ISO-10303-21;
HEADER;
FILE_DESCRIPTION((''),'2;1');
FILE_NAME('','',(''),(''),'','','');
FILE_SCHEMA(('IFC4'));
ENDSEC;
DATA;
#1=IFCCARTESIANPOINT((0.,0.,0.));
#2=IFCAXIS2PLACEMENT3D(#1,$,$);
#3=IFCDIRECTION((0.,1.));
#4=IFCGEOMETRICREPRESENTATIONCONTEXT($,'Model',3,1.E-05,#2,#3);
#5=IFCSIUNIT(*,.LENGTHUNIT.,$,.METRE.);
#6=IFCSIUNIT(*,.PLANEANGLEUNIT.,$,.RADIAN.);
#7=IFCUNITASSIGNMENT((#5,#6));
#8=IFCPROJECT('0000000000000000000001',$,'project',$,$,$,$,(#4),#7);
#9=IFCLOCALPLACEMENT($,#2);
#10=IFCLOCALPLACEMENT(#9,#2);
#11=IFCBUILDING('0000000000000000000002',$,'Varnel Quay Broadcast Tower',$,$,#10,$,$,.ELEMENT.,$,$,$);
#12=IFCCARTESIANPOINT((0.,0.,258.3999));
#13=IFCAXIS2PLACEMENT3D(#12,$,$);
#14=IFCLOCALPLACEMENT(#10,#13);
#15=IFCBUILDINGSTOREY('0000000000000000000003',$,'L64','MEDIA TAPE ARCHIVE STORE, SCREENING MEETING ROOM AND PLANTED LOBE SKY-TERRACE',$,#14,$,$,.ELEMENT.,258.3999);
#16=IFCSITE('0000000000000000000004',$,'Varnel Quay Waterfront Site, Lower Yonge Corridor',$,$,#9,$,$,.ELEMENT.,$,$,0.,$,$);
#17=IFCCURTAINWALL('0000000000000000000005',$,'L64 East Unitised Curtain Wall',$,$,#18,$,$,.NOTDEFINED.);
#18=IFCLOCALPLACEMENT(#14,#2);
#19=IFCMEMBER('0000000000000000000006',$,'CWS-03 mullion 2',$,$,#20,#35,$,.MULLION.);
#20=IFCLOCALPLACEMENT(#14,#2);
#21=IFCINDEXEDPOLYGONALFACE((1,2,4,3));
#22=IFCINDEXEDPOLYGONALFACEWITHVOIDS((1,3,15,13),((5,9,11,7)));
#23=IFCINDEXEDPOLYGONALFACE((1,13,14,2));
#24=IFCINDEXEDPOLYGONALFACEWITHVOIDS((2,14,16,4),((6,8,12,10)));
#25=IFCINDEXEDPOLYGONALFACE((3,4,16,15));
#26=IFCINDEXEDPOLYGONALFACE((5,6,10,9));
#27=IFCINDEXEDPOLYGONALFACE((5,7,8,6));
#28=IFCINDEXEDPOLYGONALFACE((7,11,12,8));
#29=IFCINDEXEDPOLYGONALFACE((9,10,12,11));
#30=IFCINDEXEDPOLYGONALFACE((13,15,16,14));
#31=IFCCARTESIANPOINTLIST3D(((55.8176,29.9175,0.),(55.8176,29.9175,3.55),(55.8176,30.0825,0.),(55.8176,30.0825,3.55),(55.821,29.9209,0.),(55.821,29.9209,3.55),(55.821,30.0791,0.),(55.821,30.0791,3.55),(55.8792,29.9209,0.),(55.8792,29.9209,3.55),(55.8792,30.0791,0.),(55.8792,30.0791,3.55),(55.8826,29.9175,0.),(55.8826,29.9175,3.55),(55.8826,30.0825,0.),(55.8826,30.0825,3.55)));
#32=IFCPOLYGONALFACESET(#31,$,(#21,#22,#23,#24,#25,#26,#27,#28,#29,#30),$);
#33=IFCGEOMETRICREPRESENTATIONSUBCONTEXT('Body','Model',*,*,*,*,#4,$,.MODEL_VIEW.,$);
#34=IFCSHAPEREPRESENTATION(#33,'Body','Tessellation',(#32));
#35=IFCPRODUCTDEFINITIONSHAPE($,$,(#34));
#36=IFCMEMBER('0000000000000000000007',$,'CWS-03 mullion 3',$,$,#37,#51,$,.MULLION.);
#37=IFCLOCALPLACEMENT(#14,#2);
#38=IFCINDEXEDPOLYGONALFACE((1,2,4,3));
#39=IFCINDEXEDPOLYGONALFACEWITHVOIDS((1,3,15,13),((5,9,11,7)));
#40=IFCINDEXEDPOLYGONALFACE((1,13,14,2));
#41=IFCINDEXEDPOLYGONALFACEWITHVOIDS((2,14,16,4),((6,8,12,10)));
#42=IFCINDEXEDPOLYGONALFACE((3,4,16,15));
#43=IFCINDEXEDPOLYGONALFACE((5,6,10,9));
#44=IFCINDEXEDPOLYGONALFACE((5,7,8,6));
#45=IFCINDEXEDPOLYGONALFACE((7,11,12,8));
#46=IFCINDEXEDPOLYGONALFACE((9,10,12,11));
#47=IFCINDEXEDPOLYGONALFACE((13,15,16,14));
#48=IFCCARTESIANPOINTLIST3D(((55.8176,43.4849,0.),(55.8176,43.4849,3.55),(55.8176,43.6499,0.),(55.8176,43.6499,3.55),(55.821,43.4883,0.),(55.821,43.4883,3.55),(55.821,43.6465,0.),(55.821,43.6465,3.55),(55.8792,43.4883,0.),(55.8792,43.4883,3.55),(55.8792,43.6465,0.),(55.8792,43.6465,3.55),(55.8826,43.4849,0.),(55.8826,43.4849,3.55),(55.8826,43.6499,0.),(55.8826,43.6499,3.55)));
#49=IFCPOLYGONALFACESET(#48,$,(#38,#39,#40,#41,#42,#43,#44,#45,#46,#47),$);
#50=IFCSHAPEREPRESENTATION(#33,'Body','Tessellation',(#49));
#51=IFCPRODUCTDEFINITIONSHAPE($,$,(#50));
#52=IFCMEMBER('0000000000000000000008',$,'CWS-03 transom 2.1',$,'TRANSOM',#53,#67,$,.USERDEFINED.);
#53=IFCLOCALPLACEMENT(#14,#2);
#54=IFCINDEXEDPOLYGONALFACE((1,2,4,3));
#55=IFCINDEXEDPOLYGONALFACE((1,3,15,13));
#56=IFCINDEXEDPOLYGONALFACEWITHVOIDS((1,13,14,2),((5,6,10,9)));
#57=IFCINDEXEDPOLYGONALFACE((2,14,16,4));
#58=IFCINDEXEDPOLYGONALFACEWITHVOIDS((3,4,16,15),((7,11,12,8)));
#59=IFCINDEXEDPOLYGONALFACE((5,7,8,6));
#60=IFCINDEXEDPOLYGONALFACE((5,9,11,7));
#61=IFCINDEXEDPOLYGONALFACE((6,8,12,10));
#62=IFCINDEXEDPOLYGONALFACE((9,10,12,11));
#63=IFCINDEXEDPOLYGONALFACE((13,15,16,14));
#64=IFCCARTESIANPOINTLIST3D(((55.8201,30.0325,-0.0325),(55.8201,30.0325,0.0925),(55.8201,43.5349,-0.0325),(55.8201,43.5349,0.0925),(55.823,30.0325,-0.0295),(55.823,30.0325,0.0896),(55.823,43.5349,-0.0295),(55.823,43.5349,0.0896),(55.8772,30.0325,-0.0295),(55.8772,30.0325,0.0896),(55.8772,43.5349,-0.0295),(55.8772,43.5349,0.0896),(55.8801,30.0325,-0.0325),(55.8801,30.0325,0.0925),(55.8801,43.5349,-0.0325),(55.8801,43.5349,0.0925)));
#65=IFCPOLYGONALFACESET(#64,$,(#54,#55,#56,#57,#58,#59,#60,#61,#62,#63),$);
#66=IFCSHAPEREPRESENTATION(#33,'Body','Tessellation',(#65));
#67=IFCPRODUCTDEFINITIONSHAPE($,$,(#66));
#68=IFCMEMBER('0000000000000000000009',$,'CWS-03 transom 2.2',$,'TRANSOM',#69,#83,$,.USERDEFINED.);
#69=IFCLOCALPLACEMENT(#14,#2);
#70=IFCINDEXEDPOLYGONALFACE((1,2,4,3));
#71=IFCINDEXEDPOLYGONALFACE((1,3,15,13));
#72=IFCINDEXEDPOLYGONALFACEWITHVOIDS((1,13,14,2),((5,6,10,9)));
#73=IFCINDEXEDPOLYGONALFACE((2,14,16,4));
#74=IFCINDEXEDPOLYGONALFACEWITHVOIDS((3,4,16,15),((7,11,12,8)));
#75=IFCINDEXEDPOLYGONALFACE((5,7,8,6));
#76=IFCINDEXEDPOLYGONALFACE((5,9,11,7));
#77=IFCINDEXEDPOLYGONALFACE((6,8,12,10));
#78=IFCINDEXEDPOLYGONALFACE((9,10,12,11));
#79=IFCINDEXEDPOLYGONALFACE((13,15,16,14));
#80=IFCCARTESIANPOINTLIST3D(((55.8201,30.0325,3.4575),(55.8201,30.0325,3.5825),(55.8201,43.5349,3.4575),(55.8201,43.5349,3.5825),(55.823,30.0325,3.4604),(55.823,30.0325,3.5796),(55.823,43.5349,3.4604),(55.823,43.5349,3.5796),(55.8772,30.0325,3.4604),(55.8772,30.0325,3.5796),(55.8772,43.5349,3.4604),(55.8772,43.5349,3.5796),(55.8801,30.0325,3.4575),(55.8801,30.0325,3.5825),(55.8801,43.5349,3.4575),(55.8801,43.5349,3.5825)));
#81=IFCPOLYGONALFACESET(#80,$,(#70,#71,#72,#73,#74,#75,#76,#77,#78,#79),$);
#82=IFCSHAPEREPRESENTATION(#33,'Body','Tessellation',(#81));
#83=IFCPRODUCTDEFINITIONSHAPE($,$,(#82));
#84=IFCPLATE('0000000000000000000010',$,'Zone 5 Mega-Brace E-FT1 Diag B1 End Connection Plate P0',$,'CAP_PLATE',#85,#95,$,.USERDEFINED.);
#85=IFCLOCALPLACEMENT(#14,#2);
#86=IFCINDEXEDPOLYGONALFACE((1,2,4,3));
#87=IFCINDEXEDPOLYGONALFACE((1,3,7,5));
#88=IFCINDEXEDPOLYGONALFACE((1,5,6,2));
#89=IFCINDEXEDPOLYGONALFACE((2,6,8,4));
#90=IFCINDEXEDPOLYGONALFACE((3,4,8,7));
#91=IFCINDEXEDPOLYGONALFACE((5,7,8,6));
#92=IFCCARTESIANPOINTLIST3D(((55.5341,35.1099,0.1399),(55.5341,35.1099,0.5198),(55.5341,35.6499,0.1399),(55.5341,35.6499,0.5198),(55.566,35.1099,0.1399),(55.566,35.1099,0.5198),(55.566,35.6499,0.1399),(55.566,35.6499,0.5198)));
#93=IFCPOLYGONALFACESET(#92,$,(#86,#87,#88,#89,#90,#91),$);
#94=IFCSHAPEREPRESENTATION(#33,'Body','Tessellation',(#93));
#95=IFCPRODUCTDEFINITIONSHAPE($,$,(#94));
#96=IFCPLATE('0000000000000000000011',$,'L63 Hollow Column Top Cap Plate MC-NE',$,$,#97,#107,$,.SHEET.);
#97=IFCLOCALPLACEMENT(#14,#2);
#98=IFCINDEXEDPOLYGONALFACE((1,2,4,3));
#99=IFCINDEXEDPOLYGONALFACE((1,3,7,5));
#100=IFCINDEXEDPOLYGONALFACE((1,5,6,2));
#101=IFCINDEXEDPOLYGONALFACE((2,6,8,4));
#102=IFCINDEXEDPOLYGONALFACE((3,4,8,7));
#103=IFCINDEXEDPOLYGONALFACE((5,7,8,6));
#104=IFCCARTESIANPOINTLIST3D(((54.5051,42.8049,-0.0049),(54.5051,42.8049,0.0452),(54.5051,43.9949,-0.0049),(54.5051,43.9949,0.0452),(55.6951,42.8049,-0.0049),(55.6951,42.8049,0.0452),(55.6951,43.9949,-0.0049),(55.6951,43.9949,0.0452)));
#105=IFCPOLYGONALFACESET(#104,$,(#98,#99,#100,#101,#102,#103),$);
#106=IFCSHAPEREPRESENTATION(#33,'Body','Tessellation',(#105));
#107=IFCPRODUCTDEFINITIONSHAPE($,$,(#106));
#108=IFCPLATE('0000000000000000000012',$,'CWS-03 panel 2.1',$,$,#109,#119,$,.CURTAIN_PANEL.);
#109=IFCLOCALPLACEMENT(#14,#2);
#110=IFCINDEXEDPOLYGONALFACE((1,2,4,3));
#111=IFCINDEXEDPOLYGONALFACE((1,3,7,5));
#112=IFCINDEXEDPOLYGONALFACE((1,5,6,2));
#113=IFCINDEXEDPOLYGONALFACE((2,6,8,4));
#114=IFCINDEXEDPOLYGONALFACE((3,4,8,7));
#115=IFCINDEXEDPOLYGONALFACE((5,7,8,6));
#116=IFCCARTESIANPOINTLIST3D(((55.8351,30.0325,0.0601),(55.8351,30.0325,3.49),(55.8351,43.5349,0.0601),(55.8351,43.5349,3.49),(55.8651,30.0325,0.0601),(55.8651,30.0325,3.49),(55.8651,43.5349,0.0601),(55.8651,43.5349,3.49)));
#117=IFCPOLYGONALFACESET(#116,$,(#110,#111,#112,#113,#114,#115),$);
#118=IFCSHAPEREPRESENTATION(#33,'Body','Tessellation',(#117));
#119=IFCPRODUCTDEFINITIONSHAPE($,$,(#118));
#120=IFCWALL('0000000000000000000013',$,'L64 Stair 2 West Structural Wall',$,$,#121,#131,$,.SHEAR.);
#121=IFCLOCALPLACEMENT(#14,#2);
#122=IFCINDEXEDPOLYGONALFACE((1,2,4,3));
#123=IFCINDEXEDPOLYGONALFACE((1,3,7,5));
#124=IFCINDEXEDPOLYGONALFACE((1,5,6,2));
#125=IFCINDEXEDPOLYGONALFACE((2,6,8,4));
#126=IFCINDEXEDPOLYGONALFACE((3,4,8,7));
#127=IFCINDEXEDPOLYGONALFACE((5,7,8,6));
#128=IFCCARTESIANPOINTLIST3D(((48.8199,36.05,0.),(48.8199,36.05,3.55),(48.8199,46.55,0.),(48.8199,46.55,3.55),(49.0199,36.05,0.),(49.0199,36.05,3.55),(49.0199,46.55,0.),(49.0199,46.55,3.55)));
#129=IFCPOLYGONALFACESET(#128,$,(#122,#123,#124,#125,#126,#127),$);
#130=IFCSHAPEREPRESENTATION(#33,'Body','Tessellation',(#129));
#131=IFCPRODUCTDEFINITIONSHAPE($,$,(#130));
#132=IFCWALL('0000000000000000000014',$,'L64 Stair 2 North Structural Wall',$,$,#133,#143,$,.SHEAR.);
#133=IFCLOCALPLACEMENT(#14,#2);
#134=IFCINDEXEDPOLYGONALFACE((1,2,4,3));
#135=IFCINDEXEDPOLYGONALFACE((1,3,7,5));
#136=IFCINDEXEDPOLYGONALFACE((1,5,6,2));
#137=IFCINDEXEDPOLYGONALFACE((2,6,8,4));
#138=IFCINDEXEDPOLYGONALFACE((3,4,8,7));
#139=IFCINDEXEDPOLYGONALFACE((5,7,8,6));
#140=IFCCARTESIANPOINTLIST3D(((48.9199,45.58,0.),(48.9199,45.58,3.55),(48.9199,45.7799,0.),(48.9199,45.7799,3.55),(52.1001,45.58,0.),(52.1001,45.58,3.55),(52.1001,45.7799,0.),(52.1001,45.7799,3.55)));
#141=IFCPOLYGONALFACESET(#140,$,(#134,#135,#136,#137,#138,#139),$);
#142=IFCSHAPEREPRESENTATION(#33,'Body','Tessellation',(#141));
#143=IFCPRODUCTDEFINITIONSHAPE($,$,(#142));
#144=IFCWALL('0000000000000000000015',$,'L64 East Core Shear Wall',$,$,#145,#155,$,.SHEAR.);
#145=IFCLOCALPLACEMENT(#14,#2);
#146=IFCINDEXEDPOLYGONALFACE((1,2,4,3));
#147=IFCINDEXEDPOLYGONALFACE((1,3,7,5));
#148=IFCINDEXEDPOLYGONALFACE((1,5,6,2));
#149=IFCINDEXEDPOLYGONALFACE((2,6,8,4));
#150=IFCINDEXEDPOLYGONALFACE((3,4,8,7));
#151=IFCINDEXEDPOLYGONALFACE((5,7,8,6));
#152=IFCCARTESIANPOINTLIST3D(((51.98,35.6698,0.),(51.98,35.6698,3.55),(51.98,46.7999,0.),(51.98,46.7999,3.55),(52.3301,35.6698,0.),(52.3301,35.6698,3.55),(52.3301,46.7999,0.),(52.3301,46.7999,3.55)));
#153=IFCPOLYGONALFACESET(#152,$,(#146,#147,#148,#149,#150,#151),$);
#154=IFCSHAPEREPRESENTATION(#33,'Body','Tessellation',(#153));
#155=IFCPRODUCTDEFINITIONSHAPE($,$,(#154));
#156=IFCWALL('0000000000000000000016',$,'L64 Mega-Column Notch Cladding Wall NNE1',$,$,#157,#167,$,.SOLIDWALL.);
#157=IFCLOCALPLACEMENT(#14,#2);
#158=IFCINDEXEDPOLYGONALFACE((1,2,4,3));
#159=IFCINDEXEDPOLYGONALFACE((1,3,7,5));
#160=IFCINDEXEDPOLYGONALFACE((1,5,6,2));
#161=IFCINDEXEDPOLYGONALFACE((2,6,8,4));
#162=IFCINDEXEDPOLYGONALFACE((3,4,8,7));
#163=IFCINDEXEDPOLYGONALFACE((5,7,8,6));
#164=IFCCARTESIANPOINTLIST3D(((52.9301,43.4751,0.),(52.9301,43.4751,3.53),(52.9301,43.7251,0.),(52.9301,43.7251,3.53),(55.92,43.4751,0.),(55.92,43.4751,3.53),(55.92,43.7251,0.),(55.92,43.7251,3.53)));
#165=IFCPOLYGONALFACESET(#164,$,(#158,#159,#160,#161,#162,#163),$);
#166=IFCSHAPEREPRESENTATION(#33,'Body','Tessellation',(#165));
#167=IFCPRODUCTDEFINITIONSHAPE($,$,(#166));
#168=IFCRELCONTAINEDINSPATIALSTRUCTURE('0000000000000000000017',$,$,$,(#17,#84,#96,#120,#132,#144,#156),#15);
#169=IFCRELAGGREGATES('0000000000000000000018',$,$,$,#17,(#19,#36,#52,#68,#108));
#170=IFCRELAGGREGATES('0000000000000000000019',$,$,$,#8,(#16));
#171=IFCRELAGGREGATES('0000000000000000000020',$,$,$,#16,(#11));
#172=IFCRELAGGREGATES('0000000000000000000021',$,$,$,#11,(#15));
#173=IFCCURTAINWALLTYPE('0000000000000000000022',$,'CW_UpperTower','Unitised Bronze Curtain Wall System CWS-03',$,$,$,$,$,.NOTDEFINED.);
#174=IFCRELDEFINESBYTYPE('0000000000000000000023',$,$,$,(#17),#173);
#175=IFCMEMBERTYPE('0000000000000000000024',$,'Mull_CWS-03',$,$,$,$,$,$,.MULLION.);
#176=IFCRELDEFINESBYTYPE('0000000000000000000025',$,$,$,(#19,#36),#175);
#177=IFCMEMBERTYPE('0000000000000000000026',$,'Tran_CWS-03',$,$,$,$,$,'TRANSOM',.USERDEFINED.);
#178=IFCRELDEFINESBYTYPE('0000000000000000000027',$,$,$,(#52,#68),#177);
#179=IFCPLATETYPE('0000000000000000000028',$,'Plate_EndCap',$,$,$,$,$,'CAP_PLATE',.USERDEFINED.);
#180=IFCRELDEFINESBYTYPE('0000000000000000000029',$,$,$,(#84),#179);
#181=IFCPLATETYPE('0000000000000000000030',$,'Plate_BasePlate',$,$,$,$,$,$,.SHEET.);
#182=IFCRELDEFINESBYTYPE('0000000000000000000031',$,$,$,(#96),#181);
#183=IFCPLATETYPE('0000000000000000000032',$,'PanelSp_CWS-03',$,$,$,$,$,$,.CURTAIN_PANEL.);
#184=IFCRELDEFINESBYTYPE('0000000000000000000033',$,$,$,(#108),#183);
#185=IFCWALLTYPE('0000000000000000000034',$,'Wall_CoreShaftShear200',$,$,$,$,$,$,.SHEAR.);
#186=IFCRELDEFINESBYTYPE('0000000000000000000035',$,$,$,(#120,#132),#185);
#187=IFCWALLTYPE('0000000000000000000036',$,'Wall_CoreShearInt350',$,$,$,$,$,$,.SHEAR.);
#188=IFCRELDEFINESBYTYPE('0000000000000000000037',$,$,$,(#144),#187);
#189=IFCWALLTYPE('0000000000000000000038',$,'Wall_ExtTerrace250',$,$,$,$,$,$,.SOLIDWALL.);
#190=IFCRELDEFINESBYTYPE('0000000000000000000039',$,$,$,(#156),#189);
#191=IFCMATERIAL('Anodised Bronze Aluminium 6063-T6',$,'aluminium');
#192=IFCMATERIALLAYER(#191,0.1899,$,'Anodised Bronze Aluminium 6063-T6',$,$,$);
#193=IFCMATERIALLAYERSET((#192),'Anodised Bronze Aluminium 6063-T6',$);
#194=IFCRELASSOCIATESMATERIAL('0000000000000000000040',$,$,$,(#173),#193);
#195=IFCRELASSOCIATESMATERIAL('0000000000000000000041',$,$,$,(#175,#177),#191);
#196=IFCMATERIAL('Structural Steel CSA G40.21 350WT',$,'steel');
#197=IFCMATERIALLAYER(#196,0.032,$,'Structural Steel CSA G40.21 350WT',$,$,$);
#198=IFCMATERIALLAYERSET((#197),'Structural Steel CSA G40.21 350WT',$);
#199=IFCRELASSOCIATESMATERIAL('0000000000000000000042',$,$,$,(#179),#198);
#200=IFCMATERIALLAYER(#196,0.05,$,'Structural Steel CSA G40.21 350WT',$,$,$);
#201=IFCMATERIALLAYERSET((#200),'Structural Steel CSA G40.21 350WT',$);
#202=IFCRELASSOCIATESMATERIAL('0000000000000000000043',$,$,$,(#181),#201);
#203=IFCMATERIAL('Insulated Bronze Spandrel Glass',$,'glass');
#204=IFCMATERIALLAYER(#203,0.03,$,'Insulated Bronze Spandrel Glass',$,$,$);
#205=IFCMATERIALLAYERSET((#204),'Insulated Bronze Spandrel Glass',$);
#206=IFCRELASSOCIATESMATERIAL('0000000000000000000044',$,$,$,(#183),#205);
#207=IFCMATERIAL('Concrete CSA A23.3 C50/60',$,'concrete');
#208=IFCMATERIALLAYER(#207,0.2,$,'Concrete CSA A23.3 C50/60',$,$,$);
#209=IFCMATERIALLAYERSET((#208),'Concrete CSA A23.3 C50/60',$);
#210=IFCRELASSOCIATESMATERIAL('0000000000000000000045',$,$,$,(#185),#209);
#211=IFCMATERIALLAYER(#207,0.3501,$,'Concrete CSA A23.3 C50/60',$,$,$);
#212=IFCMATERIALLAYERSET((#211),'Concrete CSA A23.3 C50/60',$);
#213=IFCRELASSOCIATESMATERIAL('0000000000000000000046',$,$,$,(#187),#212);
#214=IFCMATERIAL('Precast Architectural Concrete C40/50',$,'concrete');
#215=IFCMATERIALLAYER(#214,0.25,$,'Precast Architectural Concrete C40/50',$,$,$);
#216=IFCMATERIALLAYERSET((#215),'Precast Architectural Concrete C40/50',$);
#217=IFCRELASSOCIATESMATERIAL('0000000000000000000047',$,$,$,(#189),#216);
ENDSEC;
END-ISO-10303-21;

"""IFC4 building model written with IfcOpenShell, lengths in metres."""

from ifc_helpers import new_model, si_unit, direction, frame, frame_2d, origin, origin_2d, place, context, subcontext, project, spatial, rectangle, hollow_rectangle, extrude, source, transform, mapped, material, layer, layer_set, material_profile, profile_set, type_object, type_shapes, element, aggregate, save


model = new_model("IFC4")

# Units and contexts
model_context = context("Model", 3, precision=1e-05, world=origin(), true_north=direction((0.0, 1.0)))
body_context = subcontext(model_context, "Body", "Model", "MODEL_VIEW")
ifc_project = project(units=[si_unit("LENGTHUNIT", "METRE"), si_unit("PLANEANGLEUNIT", "RADIAN")], contexts=[model_context])

# Site, building, storey
site_placement = place(None, origin())
site = spatial("IfcSite", under=ifc_project, at=site_placement, Name="Varnel Quay Waterfront Site, Lower Yonge Corridor", CompositionType="ELEMENT", RefElevation=0.0)
building_placement = place(site_placement, origin())
building = spatial("IfcBuilding", under=site, at=building_placement, Name="Varnel Quay Broadcast Tower", CompositionType="ELEMENT")
storey_placement = place(building_placement, frame((0.0, 0.0, 258.3999)))
storey = spatial("IfcBuildingStorey", under=building, at=storey_placement, Name="L64", Description="MEDIA TAPE ARCHIVE STORE, SCREENING MEETING ROOM AND PLANTED LOBE SKY-TERRACE", CompositionType="ELEMENT", Elevation=258.3999)

# Shared definitions
ifc_material_1 = material(Name="Structural Steel CSA G40.21 350WT", Category="steel")

# Curtain wall, members
ifc_material_2 = material(Name="Anodised Bronze Aluminium 6063-T6", Category="aluminium")
ifc_layer_1 = layer(ifc_material_2, 0.1899, Name="Anodised Bronze Aluminium 6063-T6")
ifc_layer_set_1 = layer_set([ifc_layer_1], Name="Anodised Bronze Aluminium 6063-T6")
curtain_wall_type = type_object("IfcCurtainWallType", Name="CW_UpperTower", Description="Unitised Bronze Curtain Wall System CWS-03", PredefinedType="NOTDEFINED", material=ifc_layer_set_1)
curtain_wall_placement = place(storey_placement, origin())
curtain_wall = element("IfcCurtainWall", 1, at=curtain_wall_placement, inside=storey, type_object=curtain_wall_type, Name="L64 East Unitised Curtain Wall", PredefinedType="NOTDEFINED")
ifc_material_profile_1 = material_profile(ifc_material_2, hollow_rectangle(XDim=0.0649, YDim=0.165, WallThickness=0.0034, at=origin_2d()), Name="ALU65X165X3.5")
ifc_profile_set_1 = profile_set([ifc_material_profile_1], Name="Anodised Bronze Aluminium 6063-T6")
member_type_1 = type_object("IfcMemberType", Name="Mull_CWS-03", PredefinedType="MULLION", material=ifc_profile_set_1)
shared_shape_1 = source(origin(), body_context, "Body", "SweptSolid", [
    extrude(hollow_rectangle(XDim=0.0649, YDim=0.165, WallThickness=0.0034, at=origin_2d()), origin(), (0.0, 0.0, 1.0), 3.55),
])
type_shapes(member_type_1, [shared_shape_1])
member_1_placement = place(storey_placement, frame((55.8501, 30.0, 0.0), z_axis=(0.0, 0.0, 1.0), x_axis=(-1.0, 0.0, 0.0)))
member_1 = element("IfcMember", 2, at=member_1_placement, type_object=member_type_1, Name="CWS-03 mullion 2", PredefinedType="MULLION", context=body_context, shape_type="MappedRepresentation", body=[
    mapped(shared_shape_1, transform((0.0, 0.0, 0.0), x_axis=(1.0, 0.0, 0.0), y_axis=(0.0, 1.0, 0.0), z_axis=(0.0, 0.0, 1.0), scale=1.0)),
])
member_2_placement = place(storey_placement, frame((55.8501, 43.5674, 0.0), z_axis=(0.0, 0.0, 1.0), x_axis=(-1.0, 0.0, 0.0)))
member_2 = element("IfcMember", 3, at=member_2_placement, type_object=member_type_1, Name="CWS-03 mullion 3", PredefinedType="MULLION", context=body_context, shape_type="MappedRepresentation", body=[
    mapped(shared_shape_1, transform((0.0, 0.0, 0.0), x_axis=(1.0, 0.0, 0.0), y_axis=(0.0, 1.0, 0.0), z_axis=(0.0, 0.0, 1.0), scale=1.0)),
])
ifc_material_profile_2 = material_profile(ifc_material_2, hollow_rectangle(XDim=0.0601, YDim=0.125, WallThickness=0.0029, at=origin_2d()), Name="ALU60X125X3")
ifc_profile_set_2 = profile_set([ifc_material_profile_2], Name="Anodised Bronze Aluminium 6063-T6")
member_type_2 = type_object("IfcMemberType", Name="Tran_CWS-03", ElementType="TRANSOM", PredefinedType="USERDEFINED", material=ifc_profile_set_2)
shared_shape_2 = source(origin(), body_context, "Body", "SweptSolid", [
    extrude(hollow_rectangle(XDim=0.0601, YDim=0.125, WallThickness=0.0029, at=origin_2d()), origin(), (0.0, 0.0, 1.0), 13.5024),
])
type_shapes(member_type_2, [shared_shape_2])
member_3_placement = place(storey_placement, frame((55.8501, 30.0325, 0.03), z_axis=(0.0, 1.0, 0.0), x_axis=(-1.0, 0.0, 0.0)))
member_3 = element("IfcMember", 4, at=member_3_placement, type_object=member_type_2, Name="CWS-03 transom 2.1", ObjectType="TRANSOM", PredefinedType="USERDEFINED", context=body_context, shape_type="MappedRepresentation", body=[
    mapped(shared_shape_2, transform((0.0, 0.0, 0.0), x_axis=(1.0, 0.0, 0.0), y_axis=(0.0, 1.0, 0.0), z_axis=(0.0, 0.0, 1.0), scale=1.0)),
])
member_4_placement = place(storey_placement, frame((55.8501, 30.0325, 3.52), z_axis=(0.0, 1.0, 0.0), x_axis=(-1.0, 0.0, 0.0)))
member_4 = element("IfcMember", 5, at=member_4_placement, type_object=member_type_2, Name="CWS-03 transom 2.2", ObjectType="TRANSOM", PredefinedType="USERDEFINED", context=body_context, shape_type="MappedRepresentation", body=[
    mapped(shared_shape_2, transform((0.0, 0.0, 0.0), x_axis=(1.0, 0.0, 0.0), y_axis=(0.0, 1.0, 0.0), z_axis=(0.0, 0.0, 1.0), scale=1.0)),
])

# Plates
ifc_layer_2 = layer(ifc_material_1, 0.032, Name="Structural Steel CSA G40.21 350WT")
ifc_layer_set_2 = layer_set([ifc_layer_2], Name="Structural Steel CSA G40.21 350WT")
plate_type_1 = type_object("IfcPlateType", Name="Plate_EndCap", ElementType="CAP_PLATE", PredefinedType="USERDEFINED", material=ifc_layer_set_2)
shared_shape_3 = source(origin(), body_context, "Body", "SweptSolid", [
    extrude(rectangle(XDim=0.54, YDim=0.032, at=origin_2d()), origin(), (0.0, 0.0, 1.0), 0.3799),
])
type_shapes(plate_type_1, [shared_shape_3])
plate_1_placement = place(storey_placement, frame((55.55, 35.3799, 0.1399), z_axis=(0.0, 0.0, 1.0), x_axis=(0.0, 1.0, 0.0)))
element("IfcPlate", 6, at=plate_1_placement, inside=storey, type_object=plate_type_1, Name="Zone 5 Mega-Brace E-FT1 Diag B1 End Connection Plate P0", ObjectType="CAP_PLATE", PredefinedType="USERDEFINED", context=body_context, shape_type="MappedRepresentation", body=[
    mapped(shared_shape_3, transform((0.0, 0.0, 0.0), x_axis=(1.0, 0.0, 0.0), y_axis=(0.0, 1.0, 0.0), z_axis=(0.0, 0.0, 1.0), scale=1.0)),
])
ifc_layer_3 = layer(ifc_material_1, 0.05, Name="Structural Steel CSA G40.21 350WT")
ifc_layer_set_3 = layer_set([ifc_layer_3], Name="Structural Steel CSA G40.21 350WT")
plate_type_2 = type_object("IfcPlateType", Name="Plate_BasePlate", PredefinedType="SHEET", material=ifc_layer_set_3)
shared_shape_4 = source(origin(), body_context, "Body", "SweptSolid", [
    extrude(rectangle(XDim=1.1899, YDim=1.1899, at=origin_2d()), origin(), (0.0, 0.0, 1.0), 0.05),
])
type_shapes(plate_type_2, [shared_shape_4])
plate_2_placement = place(storey_placement, frame((55.1001, 43.3999, -0.0049), z_axis=(0.0, 0.0, 1.0), x_axis=(1.0, 0.0, 0.0)))
element("IfcPlate", 7, at=plate_2_placement, inside=storey, type_object=plate_type_2, Name="L63 Hollow Column Top Cap Plate MC-NE", PredefinedType="SHEET", context=body_context, shape_type="MappedRepresentation", body=[
    mapped(shared_shape_4, transform((0.0, 0.0, 0.0), x_axis=(1.0, 0.0, 0.0), y_axis=(0.0, 1.0, 0.0), z_axis=(0.0, 0.0, 1.0), scale=1.0)),
])

# Plate
ifc_material_3 = material(Name="Insulated Bronze Spandrel Glass", Category="glass")
ifc_layer_4 = layer(ifc_material_3, 0.03, Name="Insulated Bronze Spandrel Glass")
ifc_layer_set_4 = layer_set([ifc_layer_4], Name="Insulated Bronze Spandrel Glass")
plate_type_3 = type_object("IfcPlateType", Name="PanelSp_CWS-03", PredefinedType="CURTAIN_PANEL", material=ifc_layer_set_4)
shared_shape_5 = source(origin(), body_context, "Body", "SweptSolid", [
    extrude(rectangle(XDim=13.5024, YDim=0.03, at=origin_2d()), origin(), (0.0, 0.0, 1.0), 3.4299),
])
type_shapes(plate_type_3, [shared_shape_5])
plate_3_placement = place(storey_placement, frame((55.8501, 36.7837, 0.0601), z_axis=(0.0, 0.0, 1.0), x_axis=(0.0, 1.0, 0.0)))
plate_3 = element("IfcPlate", 8, at=plate_3_placement, type_object=plate_type_3, Name="CWS-03 panel 2.1", PredefinedType="CURTAIN_PANEL", context=body_context, shape_type="MappedRepresentation", body=[
    mapped(shared_shape_5, transform((0.0, 0.0, 0.0), x_axis=(1.0, 0.0, 0.0), y_axis=(0.0, 1.0, 0.0), z_axis=(0.0, 0.0, 1.0), scale=1.0)),
])
aggregate(curtain_wall, [member_1, member_2, member_3, member_4, plate_3])

# Walls
ifc_material_4 = material(Name="Concrete CSA A23.3 C50/60", Category="concrete")
ifc_layer_5 = layer(ifc_material_4, 0.2, Name="Concrete CSA A23.3 C50/60")
ifc_layer_set_5 = layer_set([ifc_layer_5], Name="Concrete CSA A23.3 C50/60")
wall_type_1 = type_object("IfcWallType", Name="Wall_CoreShaftShear200", PredefinedType="SHEAR", material=ifc_layer_set_5)
wall_1_placement = place(storey_placement, frame((48.9199, 36.05, 0.0), z_axis=(0.0, 0.0, 1.0), x_axis=(0.0, 1.0, 0.0)))
element("IfcWall", 9, at=wall_1_placement, inside=storey, type_object=wall_type_1, Name="L64 Stair 2 West Structural Wall", PredefinedType="SHEAR", context=body_context, shape_type="SweptSolid", body=[
    extrude(rectangle(XDim=10.5, YDim=0.2, at=frame_2d((5.25, 0.0))), origin(), (0.0, 0.0, 1.0), 3.55),
])
wall_2_placement = place(storey_placement, frame((48.9199, 45.6799, 0.0), z_axis=(0.0, 0.0, 1.0), x_axis=(1.0, 0.0, 0.0)))
element("IfcWall", 10, at=wall_2_placement, inside=storey, type_object=wall_type_1, Name="L64 Stair 2 North Structural Wall", PredefinedType="SHEAR", context=body_context, shape_type="SweptSolid", body=[
    extrude(rectangle(XDim=3.1802, YDim=0.2, at=frame_2d((1.5901, 0.0))), origin(), (0.0, 0.0, 1.0), 3.55),
])
ifc_layer_6 = layer(ifc_material_4, 0.3501, Name="Concrete CSA A23.3 C50/60")
ifc_layer_set_6 = layer_set([ifc_layer_6], Name="Concrete CSA A23.3 C50/60")
wall_type_2 = type_object("IfcWallType", Name="Wall_CoreShearInt350", PredefinedType="SHEAR", material=ifc_layer_set_6)
wall_3_placement = place(storey_placement, frame((52.155, 35.6699, 0.0), z_axis=(0.0, 0.0, 1.0), x_axis=(0.0, 1.0, 0.0)))
element("IfcWall", 11, at=wall_3_placement, inside=storey, type_object=wall_type_2, Name="L64 East Core Shear Wall", PredefinedType="SHEAR", context=body_context, shape_type="SweptSolid", body=[
    extrude(rectangle(XDim=11.1301, YDim=0.3501, at=frame_2d((5.5649, 0.0))), origin(), (0.0, 0.0, 1.0), 3.55),
])
ifc_material_5 = material(Name="Precast Architectural Concrete C40/50", Category="concrete")
ifc_layer_7 = layer(ifc_material_5, 0.25, Name="Precast Architectural Concrete C40/50")
ifc_layer_set_7 = layer_set([ifc_layer_7], Name="Precast Architectural Concrete C40/50")
wall_type_3 = type_object("IfcWallType", Name="Wall_ExtTerrace250", PredefinedType="SOLIDWALL", material=ifc_layer_set_7)
wall_4_placement = place(storey_placement, frame((52.9299, 43.6001, 0.0), z_axis=(0.0, 0.0, 1.0), x_axis=(1.0, 0.0, 0.0)))
element("IfcWall", 12, at=wall_4_placement, inside=storey, type_object=wall_type_3, Name="L64 Mega-Column Notch Cladding Wall NNE1", PredefinedType="SOLIDWALL", context=body_context, shape_type="SweptSolid", body=[
    extrude(rectangle(XDim=2.99, YDim=0.25, at=frame_2d((1.4951, 0.0))), origin(), (0.0, 0.0, 1.0), 3.53),
])

save(model, "model.ifc")
